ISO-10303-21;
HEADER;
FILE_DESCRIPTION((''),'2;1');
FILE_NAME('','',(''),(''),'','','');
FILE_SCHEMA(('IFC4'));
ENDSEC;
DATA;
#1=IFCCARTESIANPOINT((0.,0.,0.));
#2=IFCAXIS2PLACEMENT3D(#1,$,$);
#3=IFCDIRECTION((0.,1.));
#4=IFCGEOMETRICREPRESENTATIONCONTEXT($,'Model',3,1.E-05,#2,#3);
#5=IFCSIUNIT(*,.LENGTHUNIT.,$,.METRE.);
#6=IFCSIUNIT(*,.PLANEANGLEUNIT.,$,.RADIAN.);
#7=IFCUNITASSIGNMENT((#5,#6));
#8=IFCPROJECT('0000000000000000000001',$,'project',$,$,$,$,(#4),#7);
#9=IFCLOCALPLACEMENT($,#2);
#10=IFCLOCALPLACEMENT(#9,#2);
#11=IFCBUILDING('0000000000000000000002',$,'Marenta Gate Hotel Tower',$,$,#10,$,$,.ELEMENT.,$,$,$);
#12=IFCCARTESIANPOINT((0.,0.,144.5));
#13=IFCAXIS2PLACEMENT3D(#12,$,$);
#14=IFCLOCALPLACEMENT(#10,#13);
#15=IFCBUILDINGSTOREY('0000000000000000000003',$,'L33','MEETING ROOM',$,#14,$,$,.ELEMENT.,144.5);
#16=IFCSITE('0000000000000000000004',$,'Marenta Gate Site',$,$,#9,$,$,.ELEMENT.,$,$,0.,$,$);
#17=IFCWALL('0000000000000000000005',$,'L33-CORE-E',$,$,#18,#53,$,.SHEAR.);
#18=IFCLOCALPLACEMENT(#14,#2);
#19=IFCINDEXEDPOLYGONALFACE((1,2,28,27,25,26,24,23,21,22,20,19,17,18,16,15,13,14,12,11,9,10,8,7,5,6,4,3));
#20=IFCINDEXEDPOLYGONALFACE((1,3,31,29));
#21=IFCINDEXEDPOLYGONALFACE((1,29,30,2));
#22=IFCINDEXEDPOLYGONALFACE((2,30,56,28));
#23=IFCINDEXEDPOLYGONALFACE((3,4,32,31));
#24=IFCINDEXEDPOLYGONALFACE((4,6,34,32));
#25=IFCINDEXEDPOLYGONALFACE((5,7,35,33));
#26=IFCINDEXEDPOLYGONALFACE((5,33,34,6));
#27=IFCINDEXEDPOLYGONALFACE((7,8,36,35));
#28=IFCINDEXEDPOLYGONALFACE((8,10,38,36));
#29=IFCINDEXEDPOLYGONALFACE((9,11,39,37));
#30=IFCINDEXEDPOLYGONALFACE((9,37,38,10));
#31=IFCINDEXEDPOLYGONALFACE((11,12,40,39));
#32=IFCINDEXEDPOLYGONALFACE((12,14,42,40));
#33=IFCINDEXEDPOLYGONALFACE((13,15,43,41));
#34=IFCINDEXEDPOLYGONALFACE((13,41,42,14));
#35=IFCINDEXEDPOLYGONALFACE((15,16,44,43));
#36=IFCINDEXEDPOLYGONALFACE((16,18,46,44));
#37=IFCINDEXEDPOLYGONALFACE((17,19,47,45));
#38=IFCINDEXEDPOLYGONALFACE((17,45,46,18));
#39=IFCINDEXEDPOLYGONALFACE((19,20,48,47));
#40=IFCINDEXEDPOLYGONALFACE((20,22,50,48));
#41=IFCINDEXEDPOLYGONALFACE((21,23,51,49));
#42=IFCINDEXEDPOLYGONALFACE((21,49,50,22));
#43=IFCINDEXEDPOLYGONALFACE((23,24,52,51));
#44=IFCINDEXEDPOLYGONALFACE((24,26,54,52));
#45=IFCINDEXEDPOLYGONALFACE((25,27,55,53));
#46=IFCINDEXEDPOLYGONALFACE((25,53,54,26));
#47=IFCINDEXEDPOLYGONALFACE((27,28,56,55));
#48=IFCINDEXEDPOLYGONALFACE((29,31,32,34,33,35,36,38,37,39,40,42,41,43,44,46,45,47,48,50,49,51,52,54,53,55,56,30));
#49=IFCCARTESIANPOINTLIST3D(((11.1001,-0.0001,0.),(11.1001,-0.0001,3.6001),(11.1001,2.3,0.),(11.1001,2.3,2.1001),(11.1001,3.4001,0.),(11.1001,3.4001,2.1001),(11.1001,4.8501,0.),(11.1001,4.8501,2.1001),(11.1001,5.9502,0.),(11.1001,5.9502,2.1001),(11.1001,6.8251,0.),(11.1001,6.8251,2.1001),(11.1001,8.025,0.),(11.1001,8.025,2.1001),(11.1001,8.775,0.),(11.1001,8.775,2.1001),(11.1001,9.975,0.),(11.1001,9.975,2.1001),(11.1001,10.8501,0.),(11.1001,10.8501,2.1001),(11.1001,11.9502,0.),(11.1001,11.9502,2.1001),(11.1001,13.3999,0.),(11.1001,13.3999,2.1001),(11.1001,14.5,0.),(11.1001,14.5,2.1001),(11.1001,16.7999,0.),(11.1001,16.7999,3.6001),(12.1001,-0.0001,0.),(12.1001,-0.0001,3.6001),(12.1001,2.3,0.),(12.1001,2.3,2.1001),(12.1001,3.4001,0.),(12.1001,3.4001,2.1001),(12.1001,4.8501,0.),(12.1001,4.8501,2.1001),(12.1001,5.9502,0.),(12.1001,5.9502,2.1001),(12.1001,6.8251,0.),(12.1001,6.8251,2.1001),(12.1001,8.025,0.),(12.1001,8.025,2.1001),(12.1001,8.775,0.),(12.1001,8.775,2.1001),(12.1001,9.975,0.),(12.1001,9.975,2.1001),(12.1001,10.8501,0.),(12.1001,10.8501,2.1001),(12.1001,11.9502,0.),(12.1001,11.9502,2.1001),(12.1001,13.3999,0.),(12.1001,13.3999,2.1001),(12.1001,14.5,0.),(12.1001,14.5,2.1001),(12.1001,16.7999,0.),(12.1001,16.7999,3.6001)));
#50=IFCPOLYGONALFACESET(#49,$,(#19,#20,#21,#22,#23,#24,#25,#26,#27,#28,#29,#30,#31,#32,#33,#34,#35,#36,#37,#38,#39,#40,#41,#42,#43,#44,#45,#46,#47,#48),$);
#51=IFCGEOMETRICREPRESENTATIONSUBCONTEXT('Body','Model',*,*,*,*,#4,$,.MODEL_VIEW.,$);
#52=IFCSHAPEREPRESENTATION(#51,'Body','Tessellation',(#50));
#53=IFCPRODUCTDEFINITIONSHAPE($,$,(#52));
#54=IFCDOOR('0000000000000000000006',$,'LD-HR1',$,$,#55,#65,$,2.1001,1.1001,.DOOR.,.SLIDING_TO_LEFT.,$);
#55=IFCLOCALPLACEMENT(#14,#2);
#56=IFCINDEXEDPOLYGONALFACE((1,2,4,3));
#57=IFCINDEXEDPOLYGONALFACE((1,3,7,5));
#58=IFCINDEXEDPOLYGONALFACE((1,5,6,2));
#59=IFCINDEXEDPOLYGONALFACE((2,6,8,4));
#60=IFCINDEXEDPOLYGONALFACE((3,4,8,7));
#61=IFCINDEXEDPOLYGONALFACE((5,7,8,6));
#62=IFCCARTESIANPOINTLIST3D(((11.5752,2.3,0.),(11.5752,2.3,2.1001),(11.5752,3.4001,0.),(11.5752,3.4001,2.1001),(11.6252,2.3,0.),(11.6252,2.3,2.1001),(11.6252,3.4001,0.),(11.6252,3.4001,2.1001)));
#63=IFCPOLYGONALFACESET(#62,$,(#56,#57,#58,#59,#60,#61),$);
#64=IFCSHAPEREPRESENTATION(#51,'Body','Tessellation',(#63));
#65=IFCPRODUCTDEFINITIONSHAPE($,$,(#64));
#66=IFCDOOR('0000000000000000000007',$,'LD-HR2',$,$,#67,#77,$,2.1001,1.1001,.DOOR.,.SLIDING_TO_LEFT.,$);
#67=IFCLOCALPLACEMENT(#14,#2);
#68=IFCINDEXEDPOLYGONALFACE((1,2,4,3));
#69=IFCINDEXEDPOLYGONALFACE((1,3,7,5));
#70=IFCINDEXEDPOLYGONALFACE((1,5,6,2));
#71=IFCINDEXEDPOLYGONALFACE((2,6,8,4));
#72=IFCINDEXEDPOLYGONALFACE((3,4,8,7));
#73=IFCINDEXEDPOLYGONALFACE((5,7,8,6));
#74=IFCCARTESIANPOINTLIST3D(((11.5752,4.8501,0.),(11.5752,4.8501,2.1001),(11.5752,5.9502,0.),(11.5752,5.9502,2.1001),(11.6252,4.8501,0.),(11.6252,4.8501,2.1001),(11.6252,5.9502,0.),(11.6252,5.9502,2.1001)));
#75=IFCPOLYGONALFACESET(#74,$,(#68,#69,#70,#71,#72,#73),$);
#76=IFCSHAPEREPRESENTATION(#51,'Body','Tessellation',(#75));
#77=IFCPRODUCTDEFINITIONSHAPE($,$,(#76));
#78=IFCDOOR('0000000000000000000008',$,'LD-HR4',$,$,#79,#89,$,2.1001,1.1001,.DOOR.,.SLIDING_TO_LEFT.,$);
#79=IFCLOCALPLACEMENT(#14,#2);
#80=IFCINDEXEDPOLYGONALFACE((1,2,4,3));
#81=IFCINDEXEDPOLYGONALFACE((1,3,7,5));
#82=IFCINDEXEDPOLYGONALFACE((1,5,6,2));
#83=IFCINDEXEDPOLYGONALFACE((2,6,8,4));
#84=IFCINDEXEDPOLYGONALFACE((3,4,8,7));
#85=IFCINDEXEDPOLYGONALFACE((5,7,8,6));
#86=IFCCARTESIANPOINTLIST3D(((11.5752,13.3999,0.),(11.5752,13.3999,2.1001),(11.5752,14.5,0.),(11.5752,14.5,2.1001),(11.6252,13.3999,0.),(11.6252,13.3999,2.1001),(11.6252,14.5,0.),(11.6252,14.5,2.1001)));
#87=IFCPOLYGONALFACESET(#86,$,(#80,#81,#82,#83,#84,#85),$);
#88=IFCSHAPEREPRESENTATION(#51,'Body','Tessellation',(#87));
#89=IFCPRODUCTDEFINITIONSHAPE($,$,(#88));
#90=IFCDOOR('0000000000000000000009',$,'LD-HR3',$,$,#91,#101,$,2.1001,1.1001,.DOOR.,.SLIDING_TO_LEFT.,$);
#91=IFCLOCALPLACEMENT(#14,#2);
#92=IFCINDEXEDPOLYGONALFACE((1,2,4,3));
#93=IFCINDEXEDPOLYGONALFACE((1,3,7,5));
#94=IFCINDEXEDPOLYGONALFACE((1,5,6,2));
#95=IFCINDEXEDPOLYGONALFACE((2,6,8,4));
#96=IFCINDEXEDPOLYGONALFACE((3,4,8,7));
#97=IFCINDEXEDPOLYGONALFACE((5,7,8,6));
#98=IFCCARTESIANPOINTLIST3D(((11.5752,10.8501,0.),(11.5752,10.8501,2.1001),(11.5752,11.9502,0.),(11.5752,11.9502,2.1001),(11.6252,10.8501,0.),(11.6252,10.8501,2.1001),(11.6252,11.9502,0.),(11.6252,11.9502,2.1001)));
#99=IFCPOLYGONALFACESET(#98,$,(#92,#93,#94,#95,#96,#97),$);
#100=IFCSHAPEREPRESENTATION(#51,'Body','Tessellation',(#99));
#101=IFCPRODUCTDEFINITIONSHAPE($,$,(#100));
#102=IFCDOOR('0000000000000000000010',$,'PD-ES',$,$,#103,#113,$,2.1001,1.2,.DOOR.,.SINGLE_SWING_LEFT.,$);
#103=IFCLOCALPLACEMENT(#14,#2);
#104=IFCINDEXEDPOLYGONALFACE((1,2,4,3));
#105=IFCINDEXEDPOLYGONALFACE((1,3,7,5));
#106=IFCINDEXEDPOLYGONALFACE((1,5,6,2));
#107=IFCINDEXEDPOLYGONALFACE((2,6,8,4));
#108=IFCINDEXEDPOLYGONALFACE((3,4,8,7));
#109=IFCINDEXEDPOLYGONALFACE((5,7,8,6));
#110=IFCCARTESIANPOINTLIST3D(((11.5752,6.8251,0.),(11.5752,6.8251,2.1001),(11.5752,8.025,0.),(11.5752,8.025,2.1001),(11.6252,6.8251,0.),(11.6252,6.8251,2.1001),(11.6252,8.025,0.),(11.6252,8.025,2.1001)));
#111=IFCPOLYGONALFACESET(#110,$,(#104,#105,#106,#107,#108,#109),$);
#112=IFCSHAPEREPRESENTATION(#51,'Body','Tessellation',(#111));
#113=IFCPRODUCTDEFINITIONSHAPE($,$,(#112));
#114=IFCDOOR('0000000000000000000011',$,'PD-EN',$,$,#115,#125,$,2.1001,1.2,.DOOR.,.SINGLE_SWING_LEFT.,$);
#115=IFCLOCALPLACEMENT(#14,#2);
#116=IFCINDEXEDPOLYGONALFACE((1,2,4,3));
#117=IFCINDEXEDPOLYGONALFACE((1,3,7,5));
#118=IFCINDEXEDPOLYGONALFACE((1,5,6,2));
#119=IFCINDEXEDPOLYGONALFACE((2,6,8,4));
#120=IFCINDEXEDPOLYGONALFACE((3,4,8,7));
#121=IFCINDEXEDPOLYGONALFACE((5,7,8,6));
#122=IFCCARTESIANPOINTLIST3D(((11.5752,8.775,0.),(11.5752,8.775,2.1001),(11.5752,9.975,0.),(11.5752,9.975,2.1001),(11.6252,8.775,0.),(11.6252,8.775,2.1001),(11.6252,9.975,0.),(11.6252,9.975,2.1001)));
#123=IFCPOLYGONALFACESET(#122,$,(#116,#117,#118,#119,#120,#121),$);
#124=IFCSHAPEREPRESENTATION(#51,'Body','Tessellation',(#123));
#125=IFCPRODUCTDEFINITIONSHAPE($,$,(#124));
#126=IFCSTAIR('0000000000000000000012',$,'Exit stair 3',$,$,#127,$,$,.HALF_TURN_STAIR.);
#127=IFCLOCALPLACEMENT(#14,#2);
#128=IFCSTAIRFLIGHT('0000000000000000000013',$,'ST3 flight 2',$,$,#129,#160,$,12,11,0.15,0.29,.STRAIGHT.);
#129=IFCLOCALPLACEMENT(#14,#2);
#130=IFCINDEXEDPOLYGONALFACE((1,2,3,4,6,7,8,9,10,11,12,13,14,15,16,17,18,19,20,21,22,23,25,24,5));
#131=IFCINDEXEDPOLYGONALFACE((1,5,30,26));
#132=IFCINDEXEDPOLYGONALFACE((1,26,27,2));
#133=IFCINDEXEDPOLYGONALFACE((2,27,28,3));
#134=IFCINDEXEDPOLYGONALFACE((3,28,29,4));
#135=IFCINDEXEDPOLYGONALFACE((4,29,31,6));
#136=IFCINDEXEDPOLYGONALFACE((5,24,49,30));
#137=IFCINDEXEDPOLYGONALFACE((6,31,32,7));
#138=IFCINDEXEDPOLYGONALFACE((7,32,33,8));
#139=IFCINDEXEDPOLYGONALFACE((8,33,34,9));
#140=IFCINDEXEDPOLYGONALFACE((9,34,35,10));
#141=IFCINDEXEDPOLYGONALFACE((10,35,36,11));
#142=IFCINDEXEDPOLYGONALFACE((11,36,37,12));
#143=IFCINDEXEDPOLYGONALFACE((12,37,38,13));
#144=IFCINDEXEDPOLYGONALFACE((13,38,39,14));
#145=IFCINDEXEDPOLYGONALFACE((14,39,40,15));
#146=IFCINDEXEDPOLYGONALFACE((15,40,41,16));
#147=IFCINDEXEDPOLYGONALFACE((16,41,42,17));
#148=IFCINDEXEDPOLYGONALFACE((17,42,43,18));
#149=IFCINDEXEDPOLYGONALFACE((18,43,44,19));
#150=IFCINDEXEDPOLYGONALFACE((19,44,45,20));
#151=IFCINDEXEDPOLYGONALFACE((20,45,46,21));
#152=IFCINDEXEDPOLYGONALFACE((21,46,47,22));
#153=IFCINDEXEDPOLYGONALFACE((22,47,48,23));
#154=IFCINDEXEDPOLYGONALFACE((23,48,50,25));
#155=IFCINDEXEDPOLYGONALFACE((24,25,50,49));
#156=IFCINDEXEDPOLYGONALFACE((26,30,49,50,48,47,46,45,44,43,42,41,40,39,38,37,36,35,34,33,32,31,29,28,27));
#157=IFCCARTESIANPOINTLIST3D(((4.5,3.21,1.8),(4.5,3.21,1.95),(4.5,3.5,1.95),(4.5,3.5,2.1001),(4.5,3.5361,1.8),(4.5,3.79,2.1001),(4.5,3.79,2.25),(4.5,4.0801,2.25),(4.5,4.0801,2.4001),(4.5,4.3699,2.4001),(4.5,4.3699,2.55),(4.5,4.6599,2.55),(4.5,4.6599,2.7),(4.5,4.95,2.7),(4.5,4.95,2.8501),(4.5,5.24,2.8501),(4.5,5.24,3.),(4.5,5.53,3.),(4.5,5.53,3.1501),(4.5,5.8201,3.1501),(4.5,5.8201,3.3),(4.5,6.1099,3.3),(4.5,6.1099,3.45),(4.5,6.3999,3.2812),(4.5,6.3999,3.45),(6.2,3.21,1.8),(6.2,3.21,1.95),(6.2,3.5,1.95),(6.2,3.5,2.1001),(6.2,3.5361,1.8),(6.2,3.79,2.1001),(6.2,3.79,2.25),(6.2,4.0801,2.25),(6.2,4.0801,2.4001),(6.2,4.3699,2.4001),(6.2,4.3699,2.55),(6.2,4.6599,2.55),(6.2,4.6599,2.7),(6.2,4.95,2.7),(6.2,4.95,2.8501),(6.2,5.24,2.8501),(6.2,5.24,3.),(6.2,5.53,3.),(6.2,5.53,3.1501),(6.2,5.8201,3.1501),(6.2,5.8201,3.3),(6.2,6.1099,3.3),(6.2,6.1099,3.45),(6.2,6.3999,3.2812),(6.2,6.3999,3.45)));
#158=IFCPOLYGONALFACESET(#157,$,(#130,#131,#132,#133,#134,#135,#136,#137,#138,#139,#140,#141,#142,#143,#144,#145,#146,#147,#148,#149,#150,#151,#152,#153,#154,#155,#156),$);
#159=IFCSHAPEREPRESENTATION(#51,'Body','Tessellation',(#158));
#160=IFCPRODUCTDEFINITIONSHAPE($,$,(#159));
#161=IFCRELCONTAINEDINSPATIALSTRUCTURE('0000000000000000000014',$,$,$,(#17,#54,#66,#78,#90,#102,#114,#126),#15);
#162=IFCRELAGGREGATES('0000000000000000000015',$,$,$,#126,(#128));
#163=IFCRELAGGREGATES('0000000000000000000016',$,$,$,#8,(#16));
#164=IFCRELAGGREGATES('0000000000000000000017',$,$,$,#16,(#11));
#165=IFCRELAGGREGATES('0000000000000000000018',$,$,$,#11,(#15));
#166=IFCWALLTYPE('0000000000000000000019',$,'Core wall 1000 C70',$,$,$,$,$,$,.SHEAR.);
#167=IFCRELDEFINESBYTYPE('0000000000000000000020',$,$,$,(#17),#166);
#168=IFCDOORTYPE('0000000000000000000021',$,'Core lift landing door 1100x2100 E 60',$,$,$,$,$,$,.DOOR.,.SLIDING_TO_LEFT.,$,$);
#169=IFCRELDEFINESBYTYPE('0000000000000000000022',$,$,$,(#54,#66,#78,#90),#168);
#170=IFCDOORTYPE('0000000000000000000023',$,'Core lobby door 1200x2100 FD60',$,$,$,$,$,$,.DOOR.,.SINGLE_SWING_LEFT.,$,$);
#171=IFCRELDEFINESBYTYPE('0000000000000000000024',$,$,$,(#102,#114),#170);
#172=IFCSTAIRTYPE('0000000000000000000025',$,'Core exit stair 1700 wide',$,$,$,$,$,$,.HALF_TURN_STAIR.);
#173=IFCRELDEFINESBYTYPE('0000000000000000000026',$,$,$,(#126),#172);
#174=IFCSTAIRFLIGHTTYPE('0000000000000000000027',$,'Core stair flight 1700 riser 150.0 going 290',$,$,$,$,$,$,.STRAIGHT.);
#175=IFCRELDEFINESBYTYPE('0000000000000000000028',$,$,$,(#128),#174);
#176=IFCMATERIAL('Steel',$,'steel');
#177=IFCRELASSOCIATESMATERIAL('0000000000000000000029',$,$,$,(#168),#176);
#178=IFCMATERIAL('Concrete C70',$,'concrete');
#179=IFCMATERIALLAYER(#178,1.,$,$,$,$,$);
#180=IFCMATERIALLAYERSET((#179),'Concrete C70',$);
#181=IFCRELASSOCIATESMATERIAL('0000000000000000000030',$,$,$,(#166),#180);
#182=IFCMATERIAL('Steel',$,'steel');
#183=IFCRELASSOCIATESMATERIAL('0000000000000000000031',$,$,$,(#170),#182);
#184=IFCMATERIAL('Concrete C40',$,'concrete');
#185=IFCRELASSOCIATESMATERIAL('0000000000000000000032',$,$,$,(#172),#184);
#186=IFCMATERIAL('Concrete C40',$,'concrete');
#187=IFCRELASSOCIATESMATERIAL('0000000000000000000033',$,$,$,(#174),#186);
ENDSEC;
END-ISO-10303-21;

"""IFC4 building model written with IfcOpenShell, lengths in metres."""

from ifc_helpers import new_model, si_unit, direction, frame, frame_2d, origin, place, context, subcontext, project, spatial, polyline, rectangle, outline, extrude, material, layer, layer_set, type_object, element, fill, aggregate, save


model = new_model("IFC4")

# Units and contexts
model_context = context("Model", 3, precision=1e-05, world=origin(), true_north=direction((0.0, 1.0)))
body_context = subcontext(model_context, "Body", "Model", "MODEL_VIEW")
ifc_project = project(units=[si_unit("LENGTHUNIT", "METRE"), si_unit("PLANEANGLEUNIT", "RADIAN")], contexts=[model_context])

# Site, building, storey
site_placement = place(None, origin())
site = spatial("IfcSite", under=ifc_project, at=site_placement, Name="Marenta Gate Site", CompositionType="ELEMENT", RefElevation=0.0)
building_placement = place(site_placement, origin())
building = spatial("IfcBuilding", under=site, at=building_placement, Name="Marenta Gate Hotel Tower", CompositionType="ELEMENT")
storey_placement = place(building_placement, frame((0.0, 0.0, 144.5)))
storey = spatial("IfcBuildingStorey", under=building, at=storey_placement, Name="L33", Description="MEETING ROOM", CompositionType="ELEMENT", Elevation=144.5)

# Shared definitions
ifc_material_1 = material(Name="Steel", Category="steel")
door_type_1 = type_object("IfcDoorType", Name="Core lift landing door 1100x2100 E 60", OperationType="SLIDING_TO_LEFT", PredefinedType="DOOR", material=ifc_material_1)

# Wall, openings, doors
ifc_material_2 = material(Name="Concrete C70", Category="concrete")
ifc_layer_1 = layer(ifc_material_2, 1.0)
ifc_layer_set_1 = layer_set([ifc_layer_1], Name="Concrete C70")
wall_type_1 = type_object("IfcWallType", Name="Core wall 1000 C70", PredefinedType="SHEAR", material=ifc_layer_set_1)
wall_1_placement = place(storey_placement, frame((11.6001, 0.0, 0.0), z_axis=(0.0, 0.0, 1.0), x_axis=(0.0, 1.0, 0.0)))
wall_1 = element("IfcWall", 1, at=wall_1_placement, inside=storey, type_object=wall_type_1, Name="L33-CORE-E", PredefinedType="SHEAR", context=body_context, shape_type="SweptSolid", body=[
    extrude(rectangle(XDim=16.8, YDim=1.0, at=frame_2d((8.3999, 0.0))), origin(), (0.0, 0.0, 1.0), 3.6001),
])
opening_1_placement = place(wall_1_placement, frame((2.3, 0.0, 0.0)))
opening_1 = element("IfcOpeningElement", 2, at=opening_1_placement, cuts=wall_1, PredefinedType="OPENING", context=body_context, shape_type="SweptSolid", body=[
    extrude(rectangle(XDim=1.1001, YDim=2.1001, at=frame_2d((0.55, 1.05))), frame((0.0, 0.5, 0.0), z_axis=(0.0, -1.0, 0.0), x_axis=(1.0, 0.0, 0.0)), (0.0, 0.0, 1.0), 1.0),
])
opening_2_placement = place(wall_1_placement, frame((4.8501, 0.0, 0.0)))
opening_2 = element("IfcOpeningElement", 3, at=opening_2_placement, cuts=wall_1, PredefinedType="OPENING", context=body_context, shape_type="SweptSolid", body=[
    extrude(rectangle(XDim=1.1001, YDim=2.1001, at=frame_2d((0.55, 1.05))), frame((0.0, 0.5, 0.0), z_axis=(0.0, -1.0, 0.0), x_axis=(1.0, 0.0, 0.0)), (0.0, 0.0, 1.0), 1.0),
])
opening_3_placement = place(wall_1_placement, frame((6.825, 0.0, 0.0)))
opening_3 = element("IfcOpeningElement", 4, at=opening_3_placement, cuts=wall_1, PredefinedType="OPENING", context=body_context, shape_type="SweptSolid", body=[
    extrude(rectangle(XDim=1.2, YDim=2.1001, at=frame_2d((0.6001, 1.05))), frame((0.0, 0.5, 0.0), z_axis=(0.0, -1.0, 0.0), x_axis=(1.0, 0.0, 0.0)), (0.0, 0.0, 1.0), 1.0),
])
opening_4_placement = place(wall_1_placement, frame((13.3999, 0.0, 0.0)))
opening_4 = element("IfcOpeningElement", 5, at=opening_4_placement, cuts=wall_1, PredefinedType="OPENING", context=body_context, shape_type="SweptSolid", body=[
    extrude(rectangle(XDim=1.1001, YDim=2.1001, at=frame_2d((0.55, 1.05))), frame((0.0, 0.5, 0.0), z_axis=(0.0, -1.0, 0.0), x_axis=(1.0, 0.0, 0.0)), (0.0, 0.0, 1.0), 1.0),
])
opening_5_placement = place(wall_1_placement, frame((10.8501, 0.0, 0.0)))
opening_5 = element("IfcOpeningElement", 6, at=opening_5_placement, cuts=wall_1, PredefinedType="OPENING", context=body_context, shape_type="SweptSolid", body=[
    extrude(rectangle(XDim=1.1001, YDim=2.1001, at=frame_2d((0.55, 1.05))), frame((0.0, 0.5, 0.0), z_axis=(0.0, -1.0, 0.0), x_axis=(1.0, 0.0, 0.0)), (0.0, 0.0, 1.0), 1.0),
])
opening_6_placement = place(wall_1_placement, frame((8.7749, 0.0, 0.0)))
opening_6 = element("IfcOpeningElement", 7, at=opening_6_placement, cuts=wall_1, PredefinedType="OPENING", context=body_context, shape_type="SweptSolid", body=[
    extrude(rectangle(XDim=1.2, YDim=2.1001, at=frame_2d((0.6001, 1.05))), frame((0.0, 0.5, 0.0), z_axis=(0.0, -1.0, 0.0), x_axis=(1.0, 0.0, 0.0)), (0.0, 0.0, 1.0), 1.0),
])
door_1_placement = place(opening_1_placement, origin())
door_1 = element("IfcDoor", 8, at=door_1_placement, inside=storey, type_object=door_type_1, Name="LD-HR1", OperationType="SLIDING_TO_LEFT", OverallHeight=2.1001, OverallWidth=1.1001, PredefinedType="DOOR", context=body_context, shape_type="SweptSolid", body=[
    extrude(rectangle(XDim=1.1001, YDim=2.1001, at=frame_2d((0.55, 1.05))), frame((0.0, 0.0249, 0.0), z_axis=(0.0, -1.0, 0.0), x_axis=(1.0, 0.0, 0.0)), (0.0, 0.0, 1.0), 0.05),
])
fill(opening_1, door_1)
door_2_placement = place(opening_2_placement, origin())
door_2 = element("IfcDoor", 9, at=door_2_placement, inside=storey, type_object=door_type_1, Name="LD-HR2", OperationType="SLIDING_TO_LEFT", OverallHeight=2.1001, OverallWidth=1.1001, PredefinedType="DOOR", context=body_context, shape_type="SweptSolid", body=[
    extrude(rectangle(XDim=1.1001, YDim=2.1001, at=frame_2d((0.55, 1.05))), frame((0.0, 0.0249, 0.0), z_axis=(0.0, -1.0, 0.0), x_axis=(1.0, 0.0, 0.0)), (0.0, 0.0, 1.0), 0.05),
])
fill(opening_2, door_2)
door_3_placement = place(opening_4_placement, origin())
door_3 = element("IfcDoor", 10, at=door_3_placement, inside=storey, type_object=door_type_1, Name="LD-HR4", OperationType="SLIDING_TO_LEFT", OverallHeight=2.1001, OverallWidth=1.1001, PredefinedType="DOOR", context=body_context, shape_type="SweptSolid", body=[
    extrude(rectangle(XDim=1.1001, YDim=2.1001, at=frame_2d((0.55, 1.05))), frame((0.0, 0.0249, 0.0), z_axis=(0.0, -1.0, 0.0), x_axis=(1.0, 0.0, 0.0)), (0.0, 0.0, 1.0), 0.05),
])
fill(opening_4, door_3)
door_4_placement = place(opening_5_placement, origin())
door_4 = element("IfcDoor", 11, at=door_4_placement, inside=storey, type_object=door_type_1, Name="LD-HR3", OperationType="SLIDING_TO_LEFT", OverallHeight=2.1001, OverallWidth=1.1001, PredefinedType="DOOR", context=body_context, shape_type="SweptSolid", body=[
    extrude(rectangle(XDim=1.1001, YDim=2.1001, at=frame_2d((0.55, 1.05))), frame((0.0, 0.0249, 0.0), z_axis=(0.0, -1.0, 0.0), x_axis=(1.0, 0.0, 0.0)), (0.0, 0.0, 1.0), 0.05),
])
fill(opening_5, door_4)
ifc_material_3 = material(Name="Steel", Category="steel")
door_type_2 = type_object("IfcDoorType", Name="Core lobby door 1200x2100 FD60", OperationType="SINGLE_SWING_LEFT", PredefinedType="DOOR", material=ifc_material_3)
door_5_placement = place(opening_3_placement, origin())
door_5 = element("IfcDoor", 12, at=door_5_placement, inside=storey, type_object=door_type_2, Name="PD-ES", OperationType="SINGLE_SWING_LEFT", OverallHeight=2.1001, OverallWidth=1.2, PredefinedType="DOOR", context=body_context, shape_type="SweptSolid", body=[
    extrude(rectangle(XDim=1.2, YDim=2.1001, at=frame_2d((0.6001, 1.05))), frame((0.0, 0.0249, 0.0), z_axis=(0.0, -1.0, 0.0), x_axis=(1.0, 0.0, 0.0)), (0.0, 0.0, 1.0), 0.05),
])
fill(opening_3, door_5)
door_6_placement = place(opening_6_placement, origin())
door_6 = element("IfcDoor", 13, at=door_6_placement, inside=storey, type_object=door_type_2, Name="PD-EN", OperationType="SINGLE_SWING_LEFT", OverallHeight=2.1001, OverallWidth=1.2, PredefinedType="DOOR", context=body_context, shape_type="SweptSolid", body=[
    extrude(rectangle(XDim=1.2, YDim=2.1001, at=frame_2d((0.6001, 1.05))), frame((0.0, 0.0249, 0.0), z_axis=(0.0, -1.0, 0.0), x_axis=(1.0, 0.0, 0.0)), (0.0, 0.0, 1.0), 0.05),
])
fill(opening_6, door_6)

# Stair, stair flight
ifc_material_4 = material(Name="Concrete C40", Category="concrete")
stair_type_1 = type_object("IfcStairType", Name="Core exit stair 1700 wide", PredefinedType="HALF_TURN_STAIR", material=ifc_material_4)
stair_1_placement = place(storey_placement, origin())
stair_1 = element("IfcStair", 14, at=stair_1_placement, inside=storey, type_object=stair_type_1, Name="Exit stair 3", PredefinedType="HALF_TURN_STAIR")
ifc_material_5 = material(Name="Concrete C40", Category="concrete")
stair_flight_type = type_object("IfcStairFlightType", Name="Core stair flight 1700 riser 150.0 going 290", PredefinedType="STRAIGHT", material=ifc_material_5)
stair_flight_placement = place(storey_placement, frame((5.3501, 3.21, 1.8), z_axis=(0.0, 0.0, 1.0), x_axis=(0.0, 1.0, 0.0)))
stair_flight = element("IfcStairFlight", 15, at=stair_flight_placement, type_object=stair_flight_type, Name="ST3 flight 2", NumberOfRisers=12, NumberOfTreads=11, PredefinedType="STRAIGHT", RiserHeight=0.15, TreadLength=0.29, context=body_context, shape_type="SweptSolid", body=[
    extrude(outline(polyline([(0.0, 0.0), (0.0, 0.1499), (0.29, 0.1499), (0.29, 0.3), (0.5801, 0.3), (0.5801, 0.45), (0.8701, 0.45), (0.8701, 0.6001), (1.1599, 0.6001), (1.1599, 0.75), (1.45, 0.75), (1.45, 0.8999), (1.74, 0.8999), (1.74, 1.05), (2.03, 1.05), (2.03, 1.2), (2.3201, 1.2), (2.3201, 1.3501), (2.6101, 1.3501), (2.6101, 1.5), (2.8999, 1.5), (2.8999, 1.6499), (3.1899, 1.6499), (3.1899, 1.8), (3.1899, 1.4812), (0.3262, 0.0), (0.0, 0.0)])), frame((0.0, 0.8501, 0.0), z_axis=(0.0, -1.0, 0.0), x_axis=(1.0, 0.0, 0.0)), (0.0, 0.0, 1.0), 1.7),
])
aggregate(stair_1, [stair_flight])

save(model, "model.ifc")
